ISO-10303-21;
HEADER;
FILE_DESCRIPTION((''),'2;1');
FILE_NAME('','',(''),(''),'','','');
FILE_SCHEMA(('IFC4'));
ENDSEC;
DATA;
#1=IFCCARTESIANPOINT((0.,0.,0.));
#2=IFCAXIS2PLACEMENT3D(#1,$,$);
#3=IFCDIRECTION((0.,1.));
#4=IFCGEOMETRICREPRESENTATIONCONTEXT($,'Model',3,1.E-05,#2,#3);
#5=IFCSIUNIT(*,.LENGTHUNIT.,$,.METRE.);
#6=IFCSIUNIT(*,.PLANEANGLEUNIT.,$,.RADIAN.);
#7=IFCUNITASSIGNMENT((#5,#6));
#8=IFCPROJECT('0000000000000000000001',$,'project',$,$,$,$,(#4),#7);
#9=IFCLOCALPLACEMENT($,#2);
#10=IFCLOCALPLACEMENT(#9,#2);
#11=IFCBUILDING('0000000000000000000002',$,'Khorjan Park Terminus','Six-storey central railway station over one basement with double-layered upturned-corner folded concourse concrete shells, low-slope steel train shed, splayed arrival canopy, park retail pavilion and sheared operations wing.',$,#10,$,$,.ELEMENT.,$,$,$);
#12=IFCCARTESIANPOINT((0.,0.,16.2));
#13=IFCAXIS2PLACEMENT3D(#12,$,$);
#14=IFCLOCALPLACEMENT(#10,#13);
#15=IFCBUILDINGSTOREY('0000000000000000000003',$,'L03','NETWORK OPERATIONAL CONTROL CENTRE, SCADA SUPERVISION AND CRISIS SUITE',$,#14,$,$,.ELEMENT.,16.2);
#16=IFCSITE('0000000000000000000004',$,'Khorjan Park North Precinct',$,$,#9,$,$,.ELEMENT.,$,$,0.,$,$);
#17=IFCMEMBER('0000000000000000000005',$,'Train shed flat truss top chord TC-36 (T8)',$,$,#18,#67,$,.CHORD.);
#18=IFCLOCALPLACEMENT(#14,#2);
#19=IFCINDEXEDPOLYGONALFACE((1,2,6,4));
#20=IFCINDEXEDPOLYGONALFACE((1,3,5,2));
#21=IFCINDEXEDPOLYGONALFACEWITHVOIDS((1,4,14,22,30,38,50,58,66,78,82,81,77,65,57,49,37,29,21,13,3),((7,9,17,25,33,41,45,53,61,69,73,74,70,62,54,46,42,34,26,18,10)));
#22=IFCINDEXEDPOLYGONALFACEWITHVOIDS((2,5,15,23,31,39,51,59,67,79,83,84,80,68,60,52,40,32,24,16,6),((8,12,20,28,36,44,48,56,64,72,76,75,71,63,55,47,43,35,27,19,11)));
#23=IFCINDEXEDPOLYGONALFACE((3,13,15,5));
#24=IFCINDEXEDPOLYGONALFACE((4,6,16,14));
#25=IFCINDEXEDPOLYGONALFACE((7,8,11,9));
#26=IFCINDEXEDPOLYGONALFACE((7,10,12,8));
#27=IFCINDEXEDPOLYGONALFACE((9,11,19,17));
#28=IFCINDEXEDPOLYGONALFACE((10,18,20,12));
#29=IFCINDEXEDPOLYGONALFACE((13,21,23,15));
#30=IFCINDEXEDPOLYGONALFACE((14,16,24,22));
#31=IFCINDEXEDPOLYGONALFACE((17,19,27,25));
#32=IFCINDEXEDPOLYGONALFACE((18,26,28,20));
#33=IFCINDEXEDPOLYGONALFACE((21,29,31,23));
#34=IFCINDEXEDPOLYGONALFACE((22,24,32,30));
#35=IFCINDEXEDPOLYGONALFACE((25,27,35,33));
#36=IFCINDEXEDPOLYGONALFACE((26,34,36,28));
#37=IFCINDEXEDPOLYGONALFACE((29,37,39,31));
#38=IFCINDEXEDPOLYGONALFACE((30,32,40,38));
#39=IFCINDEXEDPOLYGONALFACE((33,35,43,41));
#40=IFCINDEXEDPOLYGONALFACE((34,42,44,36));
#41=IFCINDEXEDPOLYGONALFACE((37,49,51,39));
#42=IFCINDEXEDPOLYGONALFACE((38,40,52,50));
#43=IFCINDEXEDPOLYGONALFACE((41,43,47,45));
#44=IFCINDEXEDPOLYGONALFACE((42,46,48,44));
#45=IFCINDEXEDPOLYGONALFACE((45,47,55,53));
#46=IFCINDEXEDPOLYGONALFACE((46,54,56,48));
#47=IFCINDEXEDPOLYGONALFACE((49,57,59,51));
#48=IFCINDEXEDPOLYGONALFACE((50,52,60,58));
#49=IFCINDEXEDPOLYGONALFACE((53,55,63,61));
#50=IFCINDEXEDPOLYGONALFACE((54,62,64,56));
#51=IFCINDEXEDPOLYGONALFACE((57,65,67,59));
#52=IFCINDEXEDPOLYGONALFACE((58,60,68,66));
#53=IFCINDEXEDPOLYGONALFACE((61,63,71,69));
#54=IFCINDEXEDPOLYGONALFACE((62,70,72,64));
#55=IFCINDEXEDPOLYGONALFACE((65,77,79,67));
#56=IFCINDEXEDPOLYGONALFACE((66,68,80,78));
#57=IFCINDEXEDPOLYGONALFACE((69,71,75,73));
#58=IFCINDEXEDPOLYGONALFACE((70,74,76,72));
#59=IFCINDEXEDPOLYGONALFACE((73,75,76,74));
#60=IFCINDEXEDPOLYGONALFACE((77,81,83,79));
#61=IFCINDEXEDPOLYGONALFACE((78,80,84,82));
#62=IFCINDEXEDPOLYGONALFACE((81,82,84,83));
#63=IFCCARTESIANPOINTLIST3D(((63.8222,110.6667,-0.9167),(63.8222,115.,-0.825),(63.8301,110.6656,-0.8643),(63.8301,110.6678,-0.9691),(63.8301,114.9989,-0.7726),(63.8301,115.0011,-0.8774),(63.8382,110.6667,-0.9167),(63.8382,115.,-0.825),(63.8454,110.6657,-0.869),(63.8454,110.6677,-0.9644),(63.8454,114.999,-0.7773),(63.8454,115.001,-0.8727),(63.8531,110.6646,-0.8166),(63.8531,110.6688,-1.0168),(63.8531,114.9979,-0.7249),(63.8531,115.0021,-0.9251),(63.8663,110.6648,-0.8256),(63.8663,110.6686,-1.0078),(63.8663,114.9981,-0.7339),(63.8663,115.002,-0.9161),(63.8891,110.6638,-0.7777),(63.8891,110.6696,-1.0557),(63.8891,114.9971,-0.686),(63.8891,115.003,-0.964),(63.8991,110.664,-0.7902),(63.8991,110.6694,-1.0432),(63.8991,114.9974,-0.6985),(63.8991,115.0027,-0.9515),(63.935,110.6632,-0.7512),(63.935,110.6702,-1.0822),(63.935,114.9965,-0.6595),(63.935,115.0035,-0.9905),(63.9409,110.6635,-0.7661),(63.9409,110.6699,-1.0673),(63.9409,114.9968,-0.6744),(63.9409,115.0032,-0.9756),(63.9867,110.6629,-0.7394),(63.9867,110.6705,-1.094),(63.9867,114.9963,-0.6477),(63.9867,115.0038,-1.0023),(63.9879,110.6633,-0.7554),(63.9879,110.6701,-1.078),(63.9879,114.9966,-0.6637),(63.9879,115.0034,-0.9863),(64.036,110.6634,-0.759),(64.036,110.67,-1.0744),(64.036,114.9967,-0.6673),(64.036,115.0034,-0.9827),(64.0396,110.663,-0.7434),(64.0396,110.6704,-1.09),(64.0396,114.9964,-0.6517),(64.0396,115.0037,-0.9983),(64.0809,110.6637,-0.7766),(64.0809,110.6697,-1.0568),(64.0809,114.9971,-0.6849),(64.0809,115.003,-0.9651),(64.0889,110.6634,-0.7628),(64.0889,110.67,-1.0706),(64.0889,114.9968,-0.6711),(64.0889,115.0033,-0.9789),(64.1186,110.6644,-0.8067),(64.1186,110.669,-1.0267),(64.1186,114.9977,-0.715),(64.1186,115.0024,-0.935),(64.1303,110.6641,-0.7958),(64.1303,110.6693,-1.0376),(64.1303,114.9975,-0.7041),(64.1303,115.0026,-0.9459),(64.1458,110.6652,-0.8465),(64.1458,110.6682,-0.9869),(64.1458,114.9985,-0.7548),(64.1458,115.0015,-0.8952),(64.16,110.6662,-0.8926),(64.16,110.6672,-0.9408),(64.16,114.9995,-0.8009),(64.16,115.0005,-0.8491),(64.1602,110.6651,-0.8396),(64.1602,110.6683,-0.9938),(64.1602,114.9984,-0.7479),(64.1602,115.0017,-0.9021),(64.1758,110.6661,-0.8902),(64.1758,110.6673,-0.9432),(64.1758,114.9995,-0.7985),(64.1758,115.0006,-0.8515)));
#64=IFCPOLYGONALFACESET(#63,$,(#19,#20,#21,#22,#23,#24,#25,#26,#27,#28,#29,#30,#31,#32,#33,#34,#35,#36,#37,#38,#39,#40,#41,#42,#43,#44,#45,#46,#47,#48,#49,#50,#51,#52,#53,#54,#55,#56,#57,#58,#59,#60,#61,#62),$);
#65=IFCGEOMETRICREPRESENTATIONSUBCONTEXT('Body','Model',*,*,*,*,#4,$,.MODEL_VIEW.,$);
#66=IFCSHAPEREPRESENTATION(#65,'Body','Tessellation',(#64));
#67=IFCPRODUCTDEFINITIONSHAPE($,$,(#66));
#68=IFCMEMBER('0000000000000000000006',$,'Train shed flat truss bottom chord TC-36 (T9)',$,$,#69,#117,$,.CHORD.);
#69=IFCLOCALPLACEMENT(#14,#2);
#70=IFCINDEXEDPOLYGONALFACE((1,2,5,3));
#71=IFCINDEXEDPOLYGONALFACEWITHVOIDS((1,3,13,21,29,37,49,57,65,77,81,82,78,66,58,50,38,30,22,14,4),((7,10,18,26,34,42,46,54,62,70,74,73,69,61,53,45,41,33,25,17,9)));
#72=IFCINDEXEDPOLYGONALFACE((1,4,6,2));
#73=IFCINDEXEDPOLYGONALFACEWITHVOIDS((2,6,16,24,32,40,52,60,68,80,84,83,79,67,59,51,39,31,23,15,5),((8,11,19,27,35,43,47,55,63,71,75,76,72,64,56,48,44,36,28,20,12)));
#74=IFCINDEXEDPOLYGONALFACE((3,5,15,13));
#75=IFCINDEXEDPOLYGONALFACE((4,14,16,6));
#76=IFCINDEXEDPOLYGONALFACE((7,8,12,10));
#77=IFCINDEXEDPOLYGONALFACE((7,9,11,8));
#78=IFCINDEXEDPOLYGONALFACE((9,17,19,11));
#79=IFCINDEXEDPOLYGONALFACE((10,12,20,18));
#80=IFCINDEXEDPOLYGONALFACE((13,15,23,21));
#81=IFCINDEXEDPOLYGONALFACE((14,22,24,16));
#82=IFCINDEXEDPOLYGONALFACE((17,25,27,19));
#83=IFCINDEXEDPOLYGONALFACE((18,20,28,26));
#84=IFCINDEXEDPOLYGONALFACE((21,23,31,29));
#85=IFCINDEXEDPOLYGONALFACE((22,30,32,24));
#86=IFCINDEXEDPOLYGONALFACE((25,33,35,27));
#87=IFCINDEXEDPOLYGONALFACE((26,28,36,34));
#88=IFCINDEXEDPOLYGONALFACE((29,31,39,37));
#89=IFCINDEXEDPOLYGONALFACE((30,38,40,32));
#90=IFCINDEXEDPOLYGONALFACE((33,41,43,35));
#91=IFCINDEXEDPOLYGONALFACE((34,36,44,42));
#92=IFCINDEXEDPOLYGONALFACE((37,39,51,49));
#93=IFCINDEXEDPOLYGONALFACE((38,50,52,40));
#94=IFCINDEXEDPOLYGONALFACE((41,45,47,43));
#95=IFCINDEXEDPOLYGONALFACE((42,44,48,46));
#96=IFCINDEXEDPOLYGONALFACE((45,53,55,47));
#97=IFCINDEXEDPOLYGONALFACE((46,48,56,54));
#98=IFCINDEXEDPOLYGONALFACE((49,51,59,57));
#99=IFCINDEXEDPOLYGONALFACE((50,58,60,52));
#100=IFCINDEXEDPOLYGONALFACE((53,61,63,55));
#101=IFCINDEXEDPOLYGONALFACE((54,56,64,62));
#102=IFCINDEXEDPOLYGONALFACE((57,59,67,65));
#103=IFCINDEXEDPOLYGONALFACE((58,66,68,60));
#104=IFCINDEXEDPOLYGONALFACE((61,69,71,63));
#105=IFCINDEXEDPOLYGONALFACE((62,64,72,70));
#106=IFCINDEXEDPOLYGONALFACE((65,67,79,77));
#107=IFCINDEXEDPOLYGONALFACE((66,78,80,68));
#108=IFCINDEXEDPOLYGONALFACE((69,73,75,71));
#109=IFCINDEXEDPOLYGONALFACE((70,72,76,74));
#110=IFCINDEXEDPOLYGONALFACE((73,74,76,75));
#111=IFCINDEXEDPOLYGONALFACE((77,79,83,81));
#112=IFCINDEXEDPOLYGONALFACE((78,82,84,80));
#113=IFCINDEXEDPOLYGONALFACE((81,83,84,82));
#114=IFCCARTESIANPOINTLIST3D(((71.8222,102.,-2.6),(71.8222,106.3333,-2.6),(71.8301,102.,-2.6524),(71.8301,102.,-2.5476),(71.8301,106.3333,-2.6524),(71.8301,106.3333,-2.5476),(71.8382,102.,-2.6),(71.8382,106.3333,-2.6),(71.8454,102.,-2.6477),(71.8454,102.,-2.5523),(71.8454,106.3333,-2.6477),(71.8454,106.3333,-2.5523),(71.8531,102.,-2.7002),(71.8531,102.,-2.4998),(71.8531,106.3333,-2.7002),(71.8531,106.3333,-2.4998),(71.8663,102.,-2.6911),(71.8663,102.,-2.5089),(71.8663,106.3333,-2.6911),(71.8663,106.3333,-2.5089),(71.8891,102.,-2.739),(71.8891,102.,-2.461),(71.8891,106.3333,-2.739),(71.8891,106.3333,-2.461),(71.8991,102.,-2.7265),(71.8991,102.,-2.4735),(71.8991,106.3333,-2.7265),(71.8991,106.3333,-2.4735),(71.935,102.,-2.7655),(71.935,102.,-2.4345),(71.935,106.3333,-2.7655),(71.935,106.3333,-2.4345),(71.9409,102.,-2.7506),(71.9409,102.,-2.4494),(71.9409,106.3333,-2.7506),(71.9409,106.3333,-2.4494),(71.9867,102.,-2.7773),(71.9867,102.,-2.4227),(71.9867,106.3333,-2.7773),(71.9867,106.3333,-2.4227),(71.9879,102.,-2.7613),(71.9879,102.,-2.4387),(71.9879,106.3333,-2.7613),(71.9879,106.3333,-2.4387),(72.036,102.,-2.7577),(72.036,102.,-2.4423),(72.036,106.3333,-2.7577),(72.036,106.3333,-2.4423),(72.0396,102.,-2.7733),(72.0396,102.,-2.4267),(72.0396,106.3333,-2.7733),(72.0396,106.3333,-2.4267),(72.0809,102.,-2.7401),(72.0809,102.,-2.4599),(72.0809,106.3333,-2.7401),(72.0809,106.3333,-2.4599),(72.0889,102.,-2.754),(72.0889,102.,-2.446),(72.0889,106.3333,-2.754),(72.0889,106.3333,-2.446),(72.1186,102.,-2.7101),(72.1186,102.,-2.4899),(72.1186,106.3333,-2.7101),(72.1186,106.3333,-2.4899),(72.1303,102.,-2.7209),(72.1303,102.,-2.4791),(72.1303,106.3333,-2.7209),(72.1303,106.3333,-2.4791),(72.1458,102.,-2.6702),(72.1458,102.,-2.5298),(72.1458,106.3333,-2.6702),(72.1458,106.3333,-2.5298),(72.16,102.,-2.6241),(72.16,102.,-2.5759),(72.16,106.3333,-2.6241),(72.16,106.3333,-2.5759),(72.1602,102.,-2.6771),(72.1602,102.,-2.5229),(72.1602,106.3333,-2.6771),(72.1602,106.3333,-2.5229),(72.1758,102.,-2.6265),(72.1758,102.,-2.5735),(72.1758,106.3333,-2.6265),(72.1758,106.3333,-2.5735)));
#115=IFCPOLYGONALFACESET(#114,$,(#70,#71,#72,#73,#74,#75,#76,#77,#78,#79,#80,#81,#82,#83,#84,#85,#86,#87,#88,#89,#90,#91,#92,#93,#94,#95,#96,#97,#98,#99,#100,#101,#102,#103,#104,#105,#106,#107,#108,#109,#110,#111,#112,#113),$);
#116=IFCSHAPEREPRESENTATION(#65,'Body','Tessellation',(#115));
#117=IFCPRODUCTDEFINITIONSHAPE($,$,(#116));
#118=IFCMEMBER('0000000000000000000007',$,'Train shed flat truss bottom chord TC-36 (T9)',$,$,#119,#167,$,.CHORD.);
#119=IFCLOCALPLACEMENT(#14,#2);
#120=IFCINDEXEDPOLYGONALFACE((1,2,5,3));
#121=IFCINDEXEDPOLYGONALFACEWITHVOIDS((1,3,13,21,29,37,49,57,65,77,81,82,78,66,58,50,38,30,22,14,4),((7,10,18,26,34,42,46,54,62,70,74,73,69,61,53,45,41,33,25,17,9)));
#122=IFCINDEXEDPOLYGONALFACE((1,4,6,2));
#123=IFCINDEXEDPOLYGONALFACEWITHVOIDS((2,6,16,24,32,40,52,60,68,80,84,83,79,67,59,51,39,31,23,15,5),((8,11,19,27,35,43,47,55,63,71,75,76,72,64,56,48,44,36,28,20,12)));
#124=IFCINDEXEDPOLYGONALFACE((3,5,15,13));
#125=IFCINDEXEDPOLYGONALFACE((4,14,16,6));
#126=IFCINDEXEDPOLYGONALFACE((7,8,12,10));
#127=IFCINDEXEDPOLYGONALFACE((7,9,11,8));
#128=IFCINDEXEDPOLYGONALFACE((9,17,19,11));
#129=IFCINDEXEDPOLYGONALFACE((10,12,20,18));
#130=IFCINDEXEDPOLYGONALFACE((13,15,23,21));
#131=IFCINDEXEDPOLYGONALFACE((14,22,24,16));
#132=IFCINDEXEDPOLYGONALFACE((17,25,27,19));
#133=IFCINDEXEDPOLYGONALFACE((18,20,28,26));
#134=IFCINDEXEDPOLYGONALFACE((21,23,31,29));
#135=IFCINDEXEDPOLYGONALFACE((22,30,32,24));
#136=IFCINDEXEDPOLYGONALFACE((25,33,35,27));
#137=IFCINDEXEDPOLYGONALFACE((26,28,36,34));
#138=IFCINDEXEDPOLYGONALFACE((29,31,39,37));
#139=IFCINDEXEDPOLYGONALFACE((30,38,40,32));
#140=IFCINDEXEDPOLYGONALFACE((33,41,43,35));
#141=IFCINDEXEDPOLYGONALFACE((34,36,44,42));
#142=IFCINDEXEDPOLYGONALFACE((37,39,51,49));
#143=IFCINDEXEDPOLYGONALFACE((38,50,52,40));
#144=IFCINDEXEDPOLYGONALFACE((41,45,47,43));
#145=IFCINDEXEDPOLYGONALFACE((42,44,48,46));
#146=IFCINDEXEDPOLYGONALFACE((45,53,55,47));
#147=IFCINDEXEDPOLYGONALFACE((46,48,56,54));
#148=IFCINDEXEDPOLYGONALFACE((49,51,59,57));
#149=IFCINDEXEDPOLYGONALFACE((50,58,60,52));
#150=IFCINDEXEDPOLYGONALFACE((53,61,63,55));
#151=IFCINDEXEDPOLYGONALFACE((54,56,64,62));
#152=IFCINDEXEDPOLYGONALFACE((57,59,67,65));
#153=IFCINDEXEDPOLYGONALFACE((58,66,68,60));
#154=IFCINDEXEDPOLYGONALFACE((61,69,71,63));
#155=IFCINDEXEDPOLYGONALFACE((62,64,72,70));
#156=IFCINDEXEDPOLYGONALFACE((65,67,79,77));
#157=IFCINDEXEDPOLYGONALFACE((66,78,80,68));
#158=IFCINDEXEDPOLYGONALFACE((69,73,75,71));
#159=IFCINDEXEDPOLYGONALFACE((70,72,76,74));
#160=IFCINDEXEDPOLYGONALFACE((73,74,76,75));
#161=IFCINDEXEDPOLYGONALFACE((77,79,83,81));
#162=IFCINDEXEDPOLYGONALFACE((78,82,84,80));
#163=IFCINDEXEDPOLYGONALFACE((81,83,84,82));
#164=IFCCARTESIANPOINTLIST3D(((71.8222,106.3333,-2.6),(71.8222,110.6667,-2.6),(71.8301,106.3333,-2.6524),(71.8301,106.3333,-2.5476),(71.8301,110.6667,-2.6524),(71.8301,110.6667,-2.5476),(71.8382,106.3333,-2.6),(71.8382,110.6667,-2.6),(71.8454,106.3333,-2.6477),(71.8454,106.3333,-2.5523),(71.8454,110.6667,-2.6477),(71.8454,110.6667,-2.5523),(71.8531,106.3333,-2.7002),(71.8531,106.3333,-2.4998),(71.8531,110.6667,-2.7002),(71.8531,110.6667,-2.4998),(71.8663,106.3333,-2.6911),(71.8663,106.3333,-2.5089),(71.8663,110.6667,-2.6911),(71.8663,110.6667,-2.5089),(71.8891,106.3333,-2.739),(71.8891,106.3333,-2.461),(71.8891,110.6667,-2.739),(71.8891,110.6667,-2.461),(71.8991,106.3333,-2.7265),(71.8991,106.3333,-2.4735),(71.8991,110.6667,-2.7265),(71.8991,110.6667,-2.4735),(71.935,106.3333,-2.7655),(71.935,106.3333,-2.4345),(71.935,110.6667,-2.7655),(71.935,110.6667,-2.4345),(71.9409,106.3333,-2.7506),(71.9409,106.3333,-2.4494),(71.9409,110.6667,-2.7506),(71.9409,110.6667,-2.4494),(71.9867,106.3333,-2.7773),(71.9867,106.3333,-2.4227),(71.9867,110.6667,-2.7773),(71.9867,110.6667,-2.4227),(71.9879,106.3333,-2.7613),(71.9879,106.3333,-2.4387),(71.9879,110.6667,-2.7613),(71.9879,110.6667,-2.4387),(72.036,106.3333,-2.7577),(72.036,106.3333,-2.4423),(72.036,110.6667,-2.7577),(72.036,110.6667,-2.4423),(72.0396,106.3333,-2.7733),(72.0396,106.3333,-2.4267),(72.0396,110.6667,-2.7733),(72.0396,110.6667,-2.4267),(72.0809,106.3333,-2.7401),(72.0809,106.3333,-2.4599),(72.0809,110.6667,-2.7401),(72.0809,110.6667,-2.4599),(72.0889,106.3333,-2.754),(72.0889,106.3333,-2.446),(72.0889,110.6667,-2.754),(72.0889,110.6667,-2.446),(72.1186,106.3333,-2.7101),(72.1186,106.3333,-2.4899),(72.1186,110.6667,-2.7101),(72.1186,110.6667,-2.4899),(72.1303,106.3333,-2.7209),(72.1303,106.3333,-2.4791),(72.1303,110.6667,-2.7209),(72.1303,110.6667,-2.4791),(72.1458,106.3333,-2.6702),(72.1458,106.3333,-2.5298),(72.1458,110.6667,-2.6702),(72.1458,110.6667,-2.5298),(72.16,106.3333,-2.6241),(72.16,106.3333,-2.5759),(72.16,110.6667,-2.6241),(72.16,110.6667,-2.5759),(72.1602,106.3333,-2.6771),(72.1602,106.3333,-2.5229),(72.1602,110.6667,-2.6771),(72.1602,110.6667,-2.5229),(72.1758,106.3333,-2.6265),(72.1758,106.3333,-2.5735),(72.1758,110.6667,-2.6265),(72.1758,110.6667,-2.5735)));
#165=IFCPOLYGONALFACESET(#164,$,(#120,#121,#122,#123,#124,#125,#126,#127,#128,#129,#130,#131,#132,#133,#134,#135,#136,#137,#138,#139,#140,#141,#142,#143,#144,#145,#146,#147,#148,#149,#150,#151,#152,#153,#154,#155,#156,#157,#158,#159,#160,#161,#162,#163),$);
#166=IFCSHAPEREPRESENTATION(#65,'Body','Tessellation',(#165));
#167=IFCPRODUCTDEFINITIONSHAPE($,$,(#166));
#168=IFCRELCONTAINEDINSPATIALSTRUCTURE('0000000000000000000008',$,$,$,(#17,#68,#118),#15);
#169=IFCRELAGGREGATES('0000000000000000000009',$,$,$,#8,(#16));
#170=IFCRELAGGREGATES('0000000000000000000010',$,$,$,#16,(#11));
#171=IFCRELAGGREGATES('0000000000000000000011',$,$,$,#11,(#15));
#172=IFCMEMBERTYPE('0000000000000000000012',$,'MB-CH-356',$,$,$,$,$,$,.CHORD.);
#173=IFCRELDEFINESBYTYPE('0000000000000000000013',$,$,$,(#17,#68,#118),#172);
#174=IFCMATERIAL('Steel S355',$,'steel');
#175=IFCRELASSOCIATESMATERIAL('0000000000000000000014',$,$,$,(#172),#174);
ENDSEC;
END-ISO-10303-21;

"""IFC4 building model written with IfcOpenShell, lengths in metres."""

from ifc_helpers import new_model, si_unit, direction, frame, origin, origin_2d, place, context, subcontext, project, spatial, hollow_circle, extrude, material, material_profile, profile_set, type_object, element, save


model = new_model("IFC4")

# Units and contexts
model_context = context("Model", 3, precision=1e-05, world=origin(), true_north=direction((0.0, 1.0)))
body_context = subcontext(model_context, "Body", "Model", "MODEL_VIEW")
ifc_project = project(units=[si_unit("LENGTHUNIT", "METRE"), si_unit("PLANEANGLEUNIT", "RADIAN")], contexts=[model_context])

# Site, building, storey
site_placement = place(None, origin())
site = spatial("IfcSite", under=ifc_project, at=site_placement, Name="Khorjan Park North Precinct", CompositionType="ELEMENT", RefElevation=0.0)
building_placement = place(site_placement, origin())
building = spatial("IfcBuilding", under=site, at=building_placement, Name="Khorjan Park Terminus", Description="Six-storey central railway station over one basement with double-layered upturned-corner folded concourse concrete shells, low-slope steel train shed, splayed arrival canopy, park retail pavilion and sheared operations wing.", CompositionType="ELEMENT")
storey_placement = place(building_placement, frame((0.0, 0.0, 16.2)))
storey = spatial("IfcBuildingStorey", under=building, at=storey_placement, Name="L03", Description="NETWORK OPERATIONAL CONTROL CENTRE, SCADA SUPERVISION AND CRISIS SUITE", CompositionType="ELEMENT", Elevation=16.2)

# Members
ifc_material_1 = material(Name="Steel S355", Category="steel")
ifc_material_profile_1 = material_profile(ifc_material_1, hollow_circle(Radius=0.1778, WallThickness=0.016, at=origin_2d()), Name="CHS 355.6x16")
ifc_profile_set_1 = profile_set([ifc_material_profile_1], Name="Steel S355")
member_type_1 = type_object("IfcMemberType", Name="MB-CH-356", PredefinedType="CHORD", material=ifc_profile_set_1)
member_1_placement = place(storey_placement, frame((64.0, 110.6667, -0.9167), z_axis=(0.0, 0.999776, 0.021157), x_axis=(-1.0, 0.0, 0.0)))
element("IfcMember", 1, at=member_1_placement, inside=storey, type_object=member_type_1, Name="Train shed flat truss top chord TC-36 (T8)", PredefinedType="CHORD", context=body_context, shape_type="SweptSolid", body=[
    extrude(hollow_circle(Radius=0.1778, WallThickness=0.016, at=origin_2d()), origin(), (0.0, 0.0, 1.0), 4.3343),
])
member_2_placement = place(storey_placement, frame((72.0, 102.0, -2.6), z_axis=(0.0, 1.0, 0.0), x_axis=(-1.0, 0.0, 0.0)))
element("IfcMember", 2, at=member_2_placement, inside=storey, type_object=member_type_1, Name="Train shed flat truss bottom chord TC-36 (T9)", PredefinedType="CHORD", context=body_context, shape_type="SweptSolid", body=[
    extrude(hollow_circle(Radius=0.1778, WallThickness=0.016, at=origin_2d()), origin(), (0.0, 0.0, 1.0), 4.3333),
])
member_3_placement = place(storey_placement, frame((72.0, 106.3333, -2.6), z_axis=(0.0, 1.0, 0.0), x_axis=(-1.0, 0.0, 0.0)))
element("IfcMember", 3, at=member_3_placement, inside=storey, type_object=member_type_1, Name="Train shed flat truss bottom chord TC-36 (T9)", PredefinedType="CHORD", context=body_context, shape_type="SweptSolid", body=[
    extrude(hollow_circle(Radius=0.1778, WallThickness=0.016, at=origin_2d()), origin(), (0.0, 0.0, 1.0), 4.3334),
])

save(model, "model.ifc")
